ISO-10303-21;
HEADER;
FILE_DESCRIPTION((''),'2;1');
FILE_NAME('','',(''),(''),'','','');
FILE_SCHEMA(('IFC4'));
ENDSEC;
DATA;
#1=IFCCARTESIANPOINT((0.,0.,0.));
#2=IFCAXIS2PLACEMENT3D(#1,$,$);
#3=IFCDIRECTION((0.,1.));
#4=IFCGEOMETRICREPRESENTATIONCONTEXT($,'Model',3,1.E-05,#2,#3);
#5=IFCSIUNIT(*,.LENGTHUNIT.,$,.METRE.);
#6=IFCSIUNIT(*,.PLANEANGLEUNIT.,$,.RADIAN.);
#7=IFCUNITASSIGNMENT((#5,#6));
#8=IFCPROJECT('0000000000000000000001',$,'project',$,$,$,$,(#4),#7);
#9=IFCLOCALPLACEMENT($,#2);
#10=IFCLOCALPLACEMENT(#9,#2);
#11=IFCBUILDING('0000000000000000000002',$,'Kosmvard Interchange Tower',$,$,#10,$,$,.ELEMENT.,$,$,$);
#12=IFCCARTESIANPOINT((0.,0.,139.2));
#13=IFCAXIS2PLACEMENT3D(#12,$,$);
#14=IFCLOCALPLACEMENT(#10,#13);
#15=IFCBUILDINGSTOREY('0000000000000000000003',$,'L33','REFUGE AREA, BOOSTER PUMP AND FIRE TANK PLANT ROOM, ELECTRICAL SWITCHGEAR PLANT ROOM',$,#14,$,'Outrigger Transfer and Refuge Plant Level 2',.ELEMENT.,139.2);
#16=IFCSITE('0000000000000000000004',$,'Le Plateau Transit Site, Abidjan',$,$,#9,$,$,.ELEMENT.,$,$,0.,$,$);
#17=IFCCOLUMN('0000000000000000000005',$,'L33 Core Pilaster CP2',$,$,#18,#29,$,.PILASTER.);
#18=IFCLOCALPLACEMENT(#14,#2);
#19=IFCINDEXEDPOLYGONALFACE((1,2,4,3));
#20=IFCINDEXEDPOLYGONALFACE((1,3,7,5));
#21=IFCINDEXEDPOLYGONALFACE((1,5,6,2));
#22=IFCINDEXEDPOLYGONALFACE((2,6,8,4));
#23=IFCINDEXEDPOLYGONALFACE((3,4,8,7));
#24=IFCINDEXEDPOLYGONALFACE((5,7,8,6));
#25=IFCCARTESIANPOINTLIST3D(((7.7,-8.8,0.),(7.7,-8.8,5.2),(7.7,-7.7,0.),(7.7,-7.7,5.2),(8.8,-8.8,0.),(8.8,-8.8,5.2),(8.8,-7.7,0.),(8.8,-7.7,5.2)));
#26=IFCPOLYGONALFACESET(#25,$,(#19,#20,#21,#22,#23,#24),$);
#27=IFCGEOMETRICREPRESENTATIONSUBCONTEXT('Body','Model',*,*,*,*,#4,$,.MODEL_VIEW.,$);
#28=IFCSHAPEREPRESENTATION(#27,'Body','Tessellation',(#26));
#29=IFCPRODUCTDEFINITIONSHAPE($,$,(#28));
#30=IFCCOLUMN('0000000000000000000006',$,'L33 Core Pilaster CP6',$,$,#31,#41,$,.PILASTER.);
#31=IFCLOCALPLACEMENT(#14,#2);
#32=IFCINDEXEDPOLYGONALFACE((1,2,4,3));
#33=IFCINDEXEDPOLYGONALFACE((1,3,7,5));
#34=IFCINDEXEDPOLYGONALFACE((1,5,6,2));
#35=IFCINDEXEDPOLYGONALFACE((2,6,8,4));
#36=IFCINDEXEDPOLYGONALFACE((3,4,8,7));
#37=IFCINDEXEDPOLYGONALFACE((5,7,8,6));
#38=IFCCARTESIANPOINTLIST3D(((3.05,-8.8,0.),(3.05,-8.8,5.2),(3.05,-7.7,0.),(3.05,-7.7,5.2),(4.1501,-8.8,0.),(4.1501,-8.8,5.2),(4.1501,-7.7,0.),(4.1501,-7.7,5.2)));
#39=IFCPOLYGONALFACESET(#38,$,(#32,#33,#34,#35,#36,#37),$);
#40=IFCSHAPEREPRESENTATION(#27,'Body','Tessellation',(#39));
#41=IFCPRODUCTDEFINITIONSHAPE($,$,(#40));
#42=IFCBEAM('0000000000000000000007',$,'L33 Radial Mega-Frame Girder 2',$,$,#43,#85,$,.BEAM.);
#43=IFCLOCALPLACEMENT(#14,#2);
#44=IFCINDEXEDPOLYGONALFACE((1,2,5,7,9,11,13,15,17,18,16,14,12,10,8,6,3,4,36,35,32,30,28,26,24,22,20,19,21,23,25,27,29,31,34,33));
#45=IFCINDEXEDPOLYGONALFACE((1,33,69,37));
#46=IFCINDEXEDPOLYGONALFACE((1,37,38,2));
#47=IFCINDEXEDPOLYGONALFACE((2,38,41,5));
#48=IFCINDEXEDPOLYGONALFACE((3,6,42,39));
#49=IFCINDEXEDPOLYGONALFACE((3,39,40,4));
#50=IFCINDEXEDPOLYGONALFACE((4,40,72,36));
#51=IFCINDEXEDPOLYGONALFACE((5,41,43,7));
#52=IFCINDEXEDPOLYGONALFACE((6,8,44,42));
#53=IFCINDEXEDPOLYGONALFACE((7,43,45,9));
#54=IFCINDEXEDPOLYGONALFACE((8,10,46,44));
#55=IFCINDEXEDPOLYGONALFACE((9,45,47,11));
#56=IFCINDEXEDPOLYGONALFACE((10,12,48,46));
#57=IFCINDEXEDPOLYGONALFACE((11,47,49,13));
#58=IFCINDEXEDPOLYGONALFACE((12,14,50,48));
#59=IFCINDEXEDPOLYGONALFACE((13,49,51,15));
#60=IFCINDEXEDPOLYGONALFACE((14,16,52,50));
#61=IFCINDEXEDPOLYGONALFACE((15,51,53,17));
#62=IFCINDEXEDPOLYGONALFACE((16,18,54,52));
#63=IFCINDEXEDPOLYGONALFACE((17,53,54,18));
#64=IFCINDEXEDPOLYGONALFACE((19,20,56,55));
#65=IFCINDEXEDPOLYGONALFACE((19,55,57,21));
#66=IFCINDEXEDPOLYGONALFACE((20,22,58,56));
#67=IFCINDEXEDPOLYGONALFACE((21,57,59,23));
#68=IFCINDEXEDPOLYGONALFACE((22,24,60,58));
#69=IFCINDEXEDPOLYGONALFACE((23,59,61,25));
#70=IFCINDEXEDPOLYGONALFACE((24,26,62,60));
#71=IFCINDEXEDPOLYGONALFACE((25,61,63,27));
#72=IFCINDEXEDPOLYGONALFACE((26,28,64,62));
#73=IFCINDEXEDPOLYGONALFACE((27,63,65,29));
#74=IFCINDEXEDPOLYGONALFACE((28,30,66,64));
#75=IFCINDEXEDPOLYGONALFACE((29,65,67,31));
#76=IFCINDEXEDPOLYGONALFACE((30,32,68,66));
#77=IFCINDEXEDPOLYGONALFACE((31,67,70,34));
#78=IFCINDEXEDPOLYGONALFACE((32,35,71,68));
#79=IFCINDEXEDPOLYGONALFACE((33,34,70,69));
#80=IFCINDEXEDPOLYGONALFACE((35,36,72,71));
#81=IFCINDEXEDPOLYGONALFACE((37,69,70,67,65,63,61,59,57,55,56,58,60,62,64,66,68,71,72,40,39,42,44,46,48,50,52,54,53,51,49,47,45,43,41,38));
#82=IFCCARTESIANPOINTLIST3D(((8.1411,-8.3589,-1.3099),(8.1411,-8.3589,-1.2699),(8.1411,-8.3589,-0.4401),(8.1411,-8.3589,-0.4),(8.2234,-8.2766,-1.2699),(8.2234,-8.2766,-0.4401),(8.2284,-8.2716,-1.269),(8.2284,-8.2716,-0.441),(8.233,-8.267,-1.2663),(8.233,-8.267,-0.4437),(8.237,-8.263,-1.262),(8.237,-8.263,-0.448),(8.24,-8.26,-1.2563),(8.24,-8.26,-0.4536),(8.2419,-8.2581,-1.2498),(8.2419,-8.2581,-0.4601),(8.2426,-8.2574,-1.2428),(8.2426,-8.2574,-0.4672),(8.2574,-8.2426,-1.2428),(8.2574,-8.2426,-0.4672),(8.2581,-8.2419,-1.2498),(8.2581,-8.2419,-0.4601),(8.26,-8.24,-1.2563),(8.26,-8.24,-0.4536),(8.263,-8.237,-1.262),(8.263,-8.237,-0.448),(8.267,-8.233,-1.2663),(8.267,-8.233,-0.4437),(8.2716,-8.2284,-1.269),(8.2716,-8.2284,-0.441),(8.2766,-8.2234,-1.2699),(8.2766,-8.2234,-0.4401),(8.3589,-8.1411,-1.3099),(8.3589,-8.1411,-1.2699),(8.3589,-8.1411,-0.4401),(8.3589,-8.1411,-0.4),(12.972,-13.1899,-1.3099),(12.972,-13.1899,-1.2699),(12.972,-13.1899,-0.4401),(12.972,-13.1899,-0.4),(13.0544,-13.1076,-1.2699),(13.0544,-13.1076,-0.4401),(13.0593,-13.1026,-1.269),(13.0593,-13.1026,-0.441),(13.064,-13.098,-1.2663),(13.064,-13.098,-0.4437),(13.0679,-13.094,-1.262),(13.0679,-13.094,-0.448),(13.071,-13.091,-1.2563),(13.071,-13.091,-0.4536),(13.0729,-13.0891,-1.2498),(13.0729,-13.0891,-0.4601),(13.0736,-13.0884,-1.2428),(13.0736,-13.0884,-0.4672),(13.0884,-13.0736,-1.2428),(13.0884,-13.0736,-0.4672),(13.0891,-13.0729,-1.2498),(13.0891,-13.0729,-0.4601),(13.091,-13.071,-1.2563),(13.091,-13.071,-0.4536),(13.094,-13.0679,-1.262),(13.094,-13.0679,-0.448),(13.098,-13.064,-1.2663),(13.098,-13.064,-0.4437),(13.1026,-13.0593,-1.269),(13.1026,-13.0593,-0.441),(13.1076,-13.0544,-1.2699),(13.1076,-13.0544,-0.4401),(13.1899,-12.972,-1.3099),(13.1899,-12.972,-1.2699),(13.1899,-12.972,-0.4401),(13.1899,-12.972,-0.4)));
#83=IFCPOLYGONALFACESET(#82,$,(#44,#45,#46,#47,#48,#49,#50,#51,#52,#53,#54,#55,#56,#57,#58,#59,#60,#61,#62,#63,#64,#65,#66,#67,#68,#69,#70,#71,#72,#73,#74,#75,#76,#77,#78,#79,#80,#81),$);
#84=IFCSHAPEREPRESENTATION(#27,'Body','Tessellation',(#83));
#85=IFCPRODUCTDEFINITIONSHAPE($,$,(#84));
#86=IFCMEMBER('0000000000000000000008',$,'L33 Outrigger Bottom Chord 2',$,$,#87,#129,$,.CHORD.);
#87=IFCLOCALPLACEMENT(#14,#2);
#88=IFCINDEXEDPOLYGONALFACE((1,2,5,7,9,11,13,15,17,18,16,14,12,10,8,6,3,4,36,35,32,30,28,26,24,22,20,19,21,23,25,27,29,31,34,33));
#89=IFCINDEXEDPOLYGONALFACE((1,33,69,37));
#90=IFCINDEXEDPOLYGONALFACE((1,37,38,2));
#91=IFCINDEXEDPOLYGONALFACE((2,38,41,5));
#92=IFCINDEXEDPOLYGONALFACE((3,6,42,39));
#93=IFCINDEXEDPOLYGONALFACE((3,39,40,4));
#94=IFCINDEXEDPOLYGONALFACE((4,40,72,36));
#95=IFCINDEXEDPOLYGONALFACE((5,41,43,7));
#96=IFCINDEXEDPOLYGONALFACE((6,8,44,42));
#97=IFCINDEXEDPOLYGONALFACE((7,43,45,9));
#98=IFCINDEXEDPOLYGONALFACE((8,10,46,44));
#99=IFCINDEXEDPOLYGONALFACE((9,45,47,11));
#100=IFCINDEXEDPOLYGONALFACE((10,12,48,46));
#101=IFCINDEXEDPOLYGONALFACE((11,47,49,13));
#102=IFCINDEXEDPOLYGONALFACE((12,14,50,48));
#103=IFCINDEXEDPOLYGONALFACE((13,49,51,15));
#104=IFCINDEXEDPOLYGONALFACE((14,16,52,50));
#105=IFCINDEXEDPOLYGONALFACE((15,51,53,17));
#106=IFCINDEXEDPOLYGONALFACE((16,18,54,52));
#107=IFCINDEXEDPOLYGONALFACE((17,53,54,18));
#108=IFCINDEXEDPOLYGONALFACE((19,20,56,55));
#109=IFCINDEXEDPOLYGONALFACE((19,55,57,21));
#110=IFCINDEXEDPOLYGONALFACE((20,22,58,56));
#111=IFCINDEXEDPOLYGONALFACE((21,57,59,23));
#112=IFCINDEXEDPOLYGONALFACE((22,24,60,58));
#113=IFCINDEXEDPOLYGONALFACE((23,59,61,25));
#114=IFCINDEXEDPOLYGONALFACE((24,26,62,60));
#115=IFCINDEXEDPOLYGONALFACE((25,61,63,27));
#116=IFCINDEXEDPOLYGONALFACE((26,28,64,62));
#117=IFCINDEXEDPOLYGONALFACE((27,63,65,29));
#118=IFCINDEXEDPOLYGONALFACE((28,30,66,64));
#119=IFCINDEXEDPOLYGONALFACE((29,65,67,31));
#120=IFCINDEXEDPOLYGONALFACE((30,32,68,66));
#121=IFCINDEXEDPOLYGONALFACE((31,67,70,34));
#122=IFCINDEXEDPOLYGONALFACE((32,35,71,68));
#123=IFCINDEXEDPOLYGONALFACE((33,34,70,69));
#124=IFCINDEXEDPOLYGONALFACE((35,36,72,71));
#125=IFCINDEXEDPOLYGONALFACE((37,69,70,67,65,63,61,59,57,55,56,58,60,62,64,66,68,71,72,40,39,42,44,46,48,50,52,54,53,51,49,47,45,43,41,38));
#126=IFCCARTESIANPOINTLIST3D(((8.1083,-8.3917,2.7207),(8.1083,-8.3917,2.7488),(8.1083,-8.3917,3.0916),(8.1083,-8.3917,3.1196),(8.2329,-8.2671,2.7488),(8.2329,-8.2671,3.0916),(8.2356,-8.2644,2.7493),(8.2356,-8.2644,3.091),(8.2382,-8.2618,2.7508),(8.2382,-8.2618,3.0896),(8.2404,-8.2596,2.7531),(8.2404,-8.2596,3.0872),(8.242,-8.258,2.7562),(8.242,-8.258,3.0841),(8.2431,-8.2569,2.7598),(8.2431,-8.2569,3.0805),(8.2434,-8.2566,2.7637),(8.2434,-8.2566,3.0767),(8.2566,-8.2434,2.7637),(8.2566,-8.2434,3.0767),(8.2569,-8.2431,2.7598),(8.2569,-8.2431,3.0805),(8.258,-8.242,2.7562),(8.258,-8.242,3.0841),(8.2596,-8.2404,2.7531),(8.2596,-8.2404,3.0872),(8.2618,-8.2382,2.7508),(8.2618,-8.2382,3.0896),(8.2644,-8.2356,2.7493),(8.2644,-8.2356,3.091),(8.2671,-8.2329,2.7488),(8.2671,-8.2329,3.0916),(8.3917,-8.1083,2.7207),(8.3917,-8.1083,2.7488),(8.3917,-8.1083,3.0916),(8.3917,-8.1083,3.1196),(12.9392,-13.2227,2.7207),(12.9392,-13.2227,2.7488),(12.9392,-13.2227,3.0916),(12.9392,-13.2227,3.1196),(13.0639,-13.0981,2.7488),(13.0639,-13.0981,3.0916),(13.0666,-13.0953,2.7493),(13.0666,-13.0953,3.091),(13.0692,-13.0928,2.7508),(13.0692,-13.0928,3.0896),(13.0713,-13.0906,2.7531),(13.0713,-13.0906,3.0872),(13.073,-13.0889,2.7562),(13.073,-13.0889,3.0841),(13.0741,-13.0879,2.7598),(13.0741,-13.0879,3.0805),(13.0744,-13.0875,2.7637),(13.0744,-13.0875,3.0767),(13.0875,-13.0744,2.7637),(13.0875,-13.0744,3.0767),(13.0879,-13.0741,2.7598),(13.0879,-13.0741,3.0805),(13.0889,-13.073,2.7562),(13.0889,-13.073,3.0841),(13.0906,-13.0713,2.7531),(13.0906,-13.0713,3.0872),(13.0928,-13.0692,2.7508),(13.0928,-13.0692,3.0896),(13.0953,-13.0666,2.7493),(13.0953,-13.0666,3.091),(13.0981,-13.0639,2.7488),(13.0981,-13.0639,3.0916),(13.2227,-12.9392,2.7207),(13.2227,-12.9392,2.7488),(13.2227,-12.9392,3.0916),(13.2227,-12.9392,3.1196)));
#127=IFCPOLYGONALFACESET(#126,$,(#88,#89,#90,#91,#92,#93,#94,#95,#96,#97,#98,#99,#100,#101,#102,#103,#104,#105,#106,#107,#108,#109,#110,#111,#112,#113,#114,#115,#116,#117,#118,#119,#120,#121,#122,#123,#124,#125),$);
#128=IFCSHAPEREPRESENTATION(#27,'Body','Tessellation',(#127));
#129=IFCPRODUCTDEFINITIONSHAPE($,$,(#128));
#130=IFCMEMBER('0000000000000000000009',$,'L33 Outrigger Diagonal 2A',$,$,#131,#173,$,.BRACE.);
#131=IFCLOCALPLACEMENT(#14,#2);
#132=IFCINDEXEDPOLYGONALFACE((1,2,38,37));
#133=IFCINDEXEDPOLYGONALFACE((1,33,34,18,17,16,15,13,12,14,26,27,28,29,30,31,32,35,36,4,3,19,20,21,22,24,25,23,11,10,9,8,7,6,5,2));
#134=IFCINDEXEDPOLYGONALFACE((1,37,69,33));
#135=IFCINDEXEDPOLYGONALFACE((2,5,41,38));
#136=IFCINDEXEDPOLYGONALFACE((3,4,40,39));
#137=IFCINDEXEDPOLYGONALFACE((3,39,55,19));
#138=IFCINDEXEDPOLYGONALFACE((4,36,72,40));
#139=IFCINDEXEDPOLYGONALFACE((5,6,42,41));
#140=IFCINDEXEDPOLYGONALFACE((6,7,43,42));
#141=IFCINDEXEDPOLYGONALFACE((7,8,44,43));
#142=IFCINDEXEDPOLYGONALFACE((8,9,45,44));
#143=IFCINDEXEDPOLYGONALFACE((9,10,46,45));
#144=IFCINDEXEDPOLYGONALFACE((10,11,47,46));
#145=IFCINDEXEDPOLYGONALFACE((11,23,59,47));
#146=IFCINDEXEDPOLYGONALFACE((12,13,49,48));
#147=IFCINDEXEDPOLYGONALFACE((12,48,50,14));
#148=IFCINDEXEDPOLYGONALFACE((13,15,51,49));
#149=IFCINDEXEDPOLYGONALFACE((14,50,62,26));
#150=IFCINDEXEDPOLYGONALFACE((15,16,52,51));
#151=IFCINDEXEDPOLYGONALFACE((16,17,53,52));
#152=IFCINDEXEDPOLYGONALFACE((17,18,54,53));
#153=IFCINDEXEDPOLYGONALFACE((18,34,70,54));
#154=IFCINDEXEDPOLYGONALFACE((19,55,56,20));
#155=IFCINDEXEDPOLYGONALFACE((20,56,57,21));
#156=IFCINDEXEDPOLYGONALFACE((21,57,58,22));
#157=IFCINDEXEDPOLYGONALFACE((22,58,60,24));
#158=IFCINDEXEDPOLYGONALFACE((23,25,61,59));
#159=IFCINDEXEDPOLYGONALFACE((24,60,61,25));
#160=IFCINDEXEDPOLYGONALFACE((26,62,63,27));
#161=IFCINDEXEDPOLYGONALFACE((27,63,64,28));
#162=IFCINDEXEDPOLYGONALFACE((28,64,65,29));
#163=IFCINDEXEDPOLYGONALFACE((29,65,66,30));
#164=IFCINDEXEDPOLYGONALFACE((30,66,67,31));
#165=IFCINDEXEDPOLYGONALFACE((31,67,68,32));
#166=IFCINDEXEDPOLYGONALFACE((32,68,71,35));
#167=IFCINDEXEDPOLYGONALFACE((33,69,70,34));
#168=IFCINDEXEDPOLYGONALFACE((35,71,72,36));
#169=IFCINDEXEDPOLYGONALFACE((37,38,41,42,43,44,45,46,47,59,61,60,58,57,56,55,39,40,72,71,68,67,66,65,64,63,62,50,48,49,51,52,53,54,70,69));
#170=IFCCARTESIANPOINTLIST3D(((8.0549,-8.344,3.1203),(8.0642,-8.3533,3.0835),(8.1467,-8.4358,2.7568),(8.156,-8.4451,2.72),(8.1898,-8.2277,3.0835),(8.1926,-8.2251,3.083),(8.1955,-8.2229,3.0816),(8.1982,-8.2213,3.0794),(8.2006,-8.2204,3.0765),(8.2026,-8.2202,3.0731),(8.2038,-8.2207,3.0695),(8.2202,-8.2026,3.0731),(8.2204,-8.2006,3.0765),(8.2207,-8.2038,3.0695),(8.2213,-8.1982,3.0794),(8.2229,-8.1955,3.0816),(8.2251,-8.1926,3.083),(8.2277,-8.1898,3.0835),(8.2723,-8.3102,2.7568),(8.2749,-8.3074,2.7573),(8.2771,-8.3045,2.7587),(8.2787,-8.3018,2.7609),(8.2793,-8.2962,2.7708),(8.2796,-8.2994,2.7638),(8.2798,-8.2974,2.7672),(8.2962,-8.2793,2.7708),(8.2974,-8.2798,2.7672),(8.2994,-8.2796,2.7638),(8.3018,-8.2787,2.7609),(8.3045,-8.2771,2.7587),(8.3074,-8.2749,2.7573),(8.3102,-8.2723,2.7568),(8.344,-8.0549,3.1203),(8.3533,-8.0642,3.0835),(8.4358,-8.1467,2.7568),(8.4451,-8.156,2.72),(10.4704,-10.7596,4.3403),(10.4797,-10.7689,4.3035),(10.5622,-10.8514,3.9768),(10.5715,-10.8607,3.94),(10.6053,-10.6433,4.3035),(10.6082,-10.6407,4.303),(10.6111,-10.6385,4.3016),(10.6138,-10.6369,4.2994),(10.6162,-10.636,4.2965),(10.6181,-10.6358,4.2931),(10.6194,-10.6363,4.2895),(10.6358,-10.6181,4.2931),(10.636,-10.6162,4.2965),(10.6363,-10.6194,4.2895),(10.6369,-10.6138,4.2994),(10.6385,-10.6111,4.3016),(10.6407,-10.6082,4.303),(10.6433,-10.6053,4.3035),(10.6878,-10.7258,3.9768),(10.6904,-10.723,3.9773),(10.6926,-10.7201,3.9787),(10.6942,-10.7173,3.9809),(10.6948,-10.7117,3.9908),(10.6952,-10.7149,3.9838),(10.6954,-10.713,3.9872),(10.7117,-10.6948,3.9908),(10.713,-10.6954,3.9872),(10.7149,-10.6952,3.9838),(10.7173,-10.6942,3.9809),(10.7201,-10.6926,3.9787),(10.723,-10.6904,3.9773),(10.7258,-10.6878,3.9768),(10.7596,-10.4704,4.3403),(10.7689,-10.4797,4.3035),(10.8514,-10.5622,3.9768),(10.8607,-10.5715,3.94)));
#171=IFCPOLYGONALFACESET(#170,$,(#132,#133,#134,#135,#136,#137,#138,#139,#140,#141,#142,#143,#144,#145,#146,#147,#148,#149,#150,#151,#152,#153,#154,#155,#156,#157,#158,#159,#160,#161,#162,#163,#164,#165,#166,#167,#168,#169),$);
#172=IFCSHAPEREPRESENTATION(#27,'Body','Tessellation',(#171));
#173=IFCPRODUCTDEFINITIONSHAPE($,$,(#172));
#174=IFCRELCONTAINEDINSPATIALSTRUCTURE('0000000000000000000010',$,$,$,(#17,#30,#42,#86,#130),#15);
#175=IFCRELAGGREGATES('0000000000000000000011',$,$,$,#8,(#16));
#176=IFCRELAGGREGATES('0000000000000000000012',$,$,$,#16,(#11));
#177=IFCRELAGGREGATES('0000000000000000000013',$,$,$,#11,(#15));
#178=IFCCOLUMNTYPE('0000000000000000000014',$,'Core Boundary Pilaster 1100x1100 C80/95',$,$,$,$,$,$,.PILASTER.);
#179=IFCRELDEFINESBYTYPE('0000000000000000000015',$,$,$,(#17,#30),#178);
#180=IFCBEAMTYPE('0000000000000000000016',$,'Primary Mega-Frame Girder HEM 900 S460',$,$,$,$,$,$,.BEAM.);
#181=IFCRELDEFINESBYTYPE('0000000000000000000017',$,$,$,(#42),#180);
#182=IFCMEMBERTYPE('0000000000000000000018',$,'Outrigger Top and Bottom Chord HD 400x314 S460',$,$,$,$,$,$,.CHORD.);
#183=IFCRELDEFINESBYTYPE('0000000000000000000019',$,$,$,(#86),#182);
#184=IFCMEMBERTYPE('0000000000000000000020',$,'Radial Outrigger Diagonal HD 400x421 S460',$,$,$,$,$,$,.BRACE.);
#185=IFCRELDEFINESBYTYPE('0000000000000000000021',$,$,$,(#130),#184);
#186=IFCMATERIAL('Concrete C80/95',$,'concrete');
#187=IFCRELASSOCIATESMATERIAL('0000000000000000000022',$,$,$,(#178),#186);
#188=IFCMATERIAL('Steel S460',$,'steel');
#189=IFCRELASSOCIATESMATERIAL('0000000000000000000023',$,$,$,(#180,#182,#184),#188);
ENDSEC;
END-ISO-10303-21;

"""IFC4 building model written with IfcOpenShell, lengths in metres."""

from ifc_helpers import new_model, si_unit, direction, frame, origin, origin_2d, place, context, subcontext, project, spatial, rectangle, i_section, extrude, source, transform, mapped, material, material_profile, profile_set, type_object, element, save


model = new_model("IFC4")

# Units and contexts
model_context = context("Model", 3, precision=1e-05, world=origin(), true_north=direction((0.0, 1.0)))
body_context = subcontext(model_context, "Body", "Model", "MODEL_VIEW")
ifc_project = project(units=[si_unit("LENGTHUNIT", "METRE"), si_unit("PLANEANGLEUNIT", "RADIAN")], contexts=[model_context])

# Site, building, storey
site_placement = place(None, origin())
site = spatial("IfcSite", under=ifc_project, at=site_placement, Name="Le Plateau Transit Site, Abidjan", CompositionType="ELEMENT", RefElevation=0.0)
building_placement = place(site_placement, origin())
building = spatial("IfcBuilding", under=site, at=building_placement, Name="Kosmvard Interchange Tower", CompositionType="ELEMENT")
storey_placement = place(building_placement, frame((0.0, 0.0, 139.2)))
storey = spatial("IfcBuildingStorey", under=building, at=storey_placement, Name="L33", Description="REFUGE AREA, BOOSTER PUMP AND FIRE TANK PLANT ROOM, ELECTRICAL SWITCHGEAR PLANT ROOM", LongName="Outrigger Transfer and Refuge Plant Level 2", CompositionType="ELEMENT", Elevation=139.2)

# Columns
ifc_material_1 = material(Name="Concrete C80/95", Category="concrete")
ifc_material_profile_1 = material_profile(ifc_material_1, rectangle(XDim=1.1001, YDim=1.1001, at=origin_2d()), Name="CP 1100x1100")
ifc_profile_set_1 = profile_set([ifc_material_profile_1], Name="Concrete C80/95")
column_type = type_object("IfcColumnType", Name="Core Boundary Pilaster 1100x1100 C80/95", PredefinedType="PILASTER", material=ifc_profile_set_1)
shared_shape_1 = source(origin(), body_context, "Body", "SweptSolid", [
    extrude(rectangle(XDim=1.1001, YDim=1.1001, at=origin_2d()), origin(), (0.0, 0.0, 1.0), 5.2),
])
for number, where, z_axis, x_axis, name in (
    (1, (8.25, -8.25, 0.0), (0.0, 0.0, 1.0), (1.0, 0.0, 0.0), "L33 Core Pilaster CP2"),
    (2, (3.6001, -8.25, 0.0), (0.0, 0.0, 1.0), (1.0, 0.0, 0.0), "L33 Core Pilaster CP6"),
):
    element("IfcColumn", number, at=place(storey_placement, frame(where, z_axis=z_axis, x_axis=x_axis)), inside=storey, type_object=column_type, Name=name, PredefinedType="PILASTER", context=body_context, shape_type="MappedRepresentation", body=[
        mapped(shared_shape_1, transform((0.0, 0.0, 0.0), scale=1.0)),
    ])

# Beam
ifc_material_2 = material(Name="Steel S460", Category="steel")
ifc_material_profile_2 = material_profile(ifc_material_2, i_section(OverallWidth=0.3081, OverallDepth=0.9099, WebThickness=0.021, FlangeThickness=0.04, FilletRadius=0.0271, at=origin_2d()), Name="HEM 900")
ifc_profile_set_2 = profile_set([ifc_material_profile_2], Name="Steel S460")
beam_type = type_object("IfcBeamType", Name="Primary Mega-Frame Girder HEM 900 S460", PredefinedType="BEAM", material=ifc_profile_set_2)
shared_shape_2 = source(origin(), body_context, "Body", "SweptSolid", [
    extrude(i_section(OverallWidth=0.3081, OverallDepth=0.9099, WebThickness=0.021, FlangeThickness=0.04, FilletRadius=0.0271, at=origin_2d()), origin(), (0.0, 0.0, 1.0), 6.832),
])
beam_placement = place(storey_placement, frame((8.25, -8.25, -0.855), z_axis=(0.707107, -0.707107, 0.0), x_axis=(0.707107, 0.707107, 0.0)))
element("IfcBeam", 3, at=beam_placement, inside=storey, type_object=beam_type, Name="L33 Radial Mega-Frame Girder 2", PredefinedType="BEAM", context=body_context, shape_type="MappedRepresentation", body=[
    mapped(shared_shape_2, transform((0.0, 0.0, 0.0), scale=1.0)),
])

# Members
ifc_material_profile_3 = material_profile(ifc_material_2, i_section(OverallWidth=0.4009, OverallDepth=0.3989, WebThickness=0.0186, FlangeThickness=0.0281, FilletRadius=0.0149, at=origin_2d()), Name="HD 400x314")
ifc_profile_set_3 = profile_set([ifc_material_profile_3], Name="Steel S460")
member_type_1 = type_object("IfcMemberType", Name="Outrigger Top and Bottom Chord HD 400x314 S460", PredefinedType="CHORD", material=ifc_profile_set_3)
shared_shape_3 = source(origin(), body_context, "Body", "SweptSolid", [
    extrude(i_section(OverallWidth=0.4009, OverallDepth=0.3989, WebThickness=0.0186, FlangeThickness=0.0281, FilletRadius=0.0149, at=origin_2d()), origin(), (0.0, 0.0, 1.0), 6.832),
])
member_placement = place(storey_placement, frame((8.25, -8.25, 2.9202), z_axis=(0.707107, -0.707107, 0.0), x_axis=(0.707107, 0.707107, 0.0)))
element("IfcMember", 4, at=member_placement, inside=storey, type_object=member_type_1, Name="L33 Outrigger Bottom Chord 2", PredefinedType="CHORD", context=body_context, shape_type="MappedRepresentation", body=[
    mapped(shared_shape_3, transform((0.0, 0.0, 0.0), scale=1.0)),
])
ifc_material_profile_4 = material_profile(ifc_material_2, i_section(OverallWidth=0.4089, OverallDepth=0.425, WebThickness=0.0239, FlangeThickness=0.0391, FilletRadius=0.0149, at=origin_2d()), Name="HD 400x421")
ifc_profile_set_4 = profile_set([ifc_material_profile_4], Name="Steel S460")
member_type_2 = type_object("IfcMemberType", Name="Radial Outrigger Diagonal HD 400x421 S460", PredefinedType="BRACE", material=ifc_profile_set_4)
shared_shape_4 = source(origin(), body_context, "Body", "SweptSolid", [
    extrude(i_section(OverallWidth=0.4089, OverallDepth=0.425, WebThickness=0.0239, FlangeThickness=0.0391, FilletRadius=0.0149, at=origin_2d()), origin(), (0.0, 0.0, 1.0), 3.6274),
])
for number, where, z_axis, x_axis, name in (
    (5, (8.25, -8.25, 2.9202), (0.665915, -0.665915, 0.336323), (0.707107, 0.707107, 0.0), "L33 Outrigger Diagonal 2A"),
):
    element("IfcMember", number, at=place(storey_placement, frame(where, z_axis=z_axis, x_axis=x_axis)), inside=storey, type_object=member_type_2, Name=name, PredefinedType="BRACE", context=body_context, shape_type="MappedRepresentation", body=[
        mapped(shared_shape_4, transform((0.0, 0.0, 0.0), scale=1.0)),
    ])

save(model, "model.ifc")
